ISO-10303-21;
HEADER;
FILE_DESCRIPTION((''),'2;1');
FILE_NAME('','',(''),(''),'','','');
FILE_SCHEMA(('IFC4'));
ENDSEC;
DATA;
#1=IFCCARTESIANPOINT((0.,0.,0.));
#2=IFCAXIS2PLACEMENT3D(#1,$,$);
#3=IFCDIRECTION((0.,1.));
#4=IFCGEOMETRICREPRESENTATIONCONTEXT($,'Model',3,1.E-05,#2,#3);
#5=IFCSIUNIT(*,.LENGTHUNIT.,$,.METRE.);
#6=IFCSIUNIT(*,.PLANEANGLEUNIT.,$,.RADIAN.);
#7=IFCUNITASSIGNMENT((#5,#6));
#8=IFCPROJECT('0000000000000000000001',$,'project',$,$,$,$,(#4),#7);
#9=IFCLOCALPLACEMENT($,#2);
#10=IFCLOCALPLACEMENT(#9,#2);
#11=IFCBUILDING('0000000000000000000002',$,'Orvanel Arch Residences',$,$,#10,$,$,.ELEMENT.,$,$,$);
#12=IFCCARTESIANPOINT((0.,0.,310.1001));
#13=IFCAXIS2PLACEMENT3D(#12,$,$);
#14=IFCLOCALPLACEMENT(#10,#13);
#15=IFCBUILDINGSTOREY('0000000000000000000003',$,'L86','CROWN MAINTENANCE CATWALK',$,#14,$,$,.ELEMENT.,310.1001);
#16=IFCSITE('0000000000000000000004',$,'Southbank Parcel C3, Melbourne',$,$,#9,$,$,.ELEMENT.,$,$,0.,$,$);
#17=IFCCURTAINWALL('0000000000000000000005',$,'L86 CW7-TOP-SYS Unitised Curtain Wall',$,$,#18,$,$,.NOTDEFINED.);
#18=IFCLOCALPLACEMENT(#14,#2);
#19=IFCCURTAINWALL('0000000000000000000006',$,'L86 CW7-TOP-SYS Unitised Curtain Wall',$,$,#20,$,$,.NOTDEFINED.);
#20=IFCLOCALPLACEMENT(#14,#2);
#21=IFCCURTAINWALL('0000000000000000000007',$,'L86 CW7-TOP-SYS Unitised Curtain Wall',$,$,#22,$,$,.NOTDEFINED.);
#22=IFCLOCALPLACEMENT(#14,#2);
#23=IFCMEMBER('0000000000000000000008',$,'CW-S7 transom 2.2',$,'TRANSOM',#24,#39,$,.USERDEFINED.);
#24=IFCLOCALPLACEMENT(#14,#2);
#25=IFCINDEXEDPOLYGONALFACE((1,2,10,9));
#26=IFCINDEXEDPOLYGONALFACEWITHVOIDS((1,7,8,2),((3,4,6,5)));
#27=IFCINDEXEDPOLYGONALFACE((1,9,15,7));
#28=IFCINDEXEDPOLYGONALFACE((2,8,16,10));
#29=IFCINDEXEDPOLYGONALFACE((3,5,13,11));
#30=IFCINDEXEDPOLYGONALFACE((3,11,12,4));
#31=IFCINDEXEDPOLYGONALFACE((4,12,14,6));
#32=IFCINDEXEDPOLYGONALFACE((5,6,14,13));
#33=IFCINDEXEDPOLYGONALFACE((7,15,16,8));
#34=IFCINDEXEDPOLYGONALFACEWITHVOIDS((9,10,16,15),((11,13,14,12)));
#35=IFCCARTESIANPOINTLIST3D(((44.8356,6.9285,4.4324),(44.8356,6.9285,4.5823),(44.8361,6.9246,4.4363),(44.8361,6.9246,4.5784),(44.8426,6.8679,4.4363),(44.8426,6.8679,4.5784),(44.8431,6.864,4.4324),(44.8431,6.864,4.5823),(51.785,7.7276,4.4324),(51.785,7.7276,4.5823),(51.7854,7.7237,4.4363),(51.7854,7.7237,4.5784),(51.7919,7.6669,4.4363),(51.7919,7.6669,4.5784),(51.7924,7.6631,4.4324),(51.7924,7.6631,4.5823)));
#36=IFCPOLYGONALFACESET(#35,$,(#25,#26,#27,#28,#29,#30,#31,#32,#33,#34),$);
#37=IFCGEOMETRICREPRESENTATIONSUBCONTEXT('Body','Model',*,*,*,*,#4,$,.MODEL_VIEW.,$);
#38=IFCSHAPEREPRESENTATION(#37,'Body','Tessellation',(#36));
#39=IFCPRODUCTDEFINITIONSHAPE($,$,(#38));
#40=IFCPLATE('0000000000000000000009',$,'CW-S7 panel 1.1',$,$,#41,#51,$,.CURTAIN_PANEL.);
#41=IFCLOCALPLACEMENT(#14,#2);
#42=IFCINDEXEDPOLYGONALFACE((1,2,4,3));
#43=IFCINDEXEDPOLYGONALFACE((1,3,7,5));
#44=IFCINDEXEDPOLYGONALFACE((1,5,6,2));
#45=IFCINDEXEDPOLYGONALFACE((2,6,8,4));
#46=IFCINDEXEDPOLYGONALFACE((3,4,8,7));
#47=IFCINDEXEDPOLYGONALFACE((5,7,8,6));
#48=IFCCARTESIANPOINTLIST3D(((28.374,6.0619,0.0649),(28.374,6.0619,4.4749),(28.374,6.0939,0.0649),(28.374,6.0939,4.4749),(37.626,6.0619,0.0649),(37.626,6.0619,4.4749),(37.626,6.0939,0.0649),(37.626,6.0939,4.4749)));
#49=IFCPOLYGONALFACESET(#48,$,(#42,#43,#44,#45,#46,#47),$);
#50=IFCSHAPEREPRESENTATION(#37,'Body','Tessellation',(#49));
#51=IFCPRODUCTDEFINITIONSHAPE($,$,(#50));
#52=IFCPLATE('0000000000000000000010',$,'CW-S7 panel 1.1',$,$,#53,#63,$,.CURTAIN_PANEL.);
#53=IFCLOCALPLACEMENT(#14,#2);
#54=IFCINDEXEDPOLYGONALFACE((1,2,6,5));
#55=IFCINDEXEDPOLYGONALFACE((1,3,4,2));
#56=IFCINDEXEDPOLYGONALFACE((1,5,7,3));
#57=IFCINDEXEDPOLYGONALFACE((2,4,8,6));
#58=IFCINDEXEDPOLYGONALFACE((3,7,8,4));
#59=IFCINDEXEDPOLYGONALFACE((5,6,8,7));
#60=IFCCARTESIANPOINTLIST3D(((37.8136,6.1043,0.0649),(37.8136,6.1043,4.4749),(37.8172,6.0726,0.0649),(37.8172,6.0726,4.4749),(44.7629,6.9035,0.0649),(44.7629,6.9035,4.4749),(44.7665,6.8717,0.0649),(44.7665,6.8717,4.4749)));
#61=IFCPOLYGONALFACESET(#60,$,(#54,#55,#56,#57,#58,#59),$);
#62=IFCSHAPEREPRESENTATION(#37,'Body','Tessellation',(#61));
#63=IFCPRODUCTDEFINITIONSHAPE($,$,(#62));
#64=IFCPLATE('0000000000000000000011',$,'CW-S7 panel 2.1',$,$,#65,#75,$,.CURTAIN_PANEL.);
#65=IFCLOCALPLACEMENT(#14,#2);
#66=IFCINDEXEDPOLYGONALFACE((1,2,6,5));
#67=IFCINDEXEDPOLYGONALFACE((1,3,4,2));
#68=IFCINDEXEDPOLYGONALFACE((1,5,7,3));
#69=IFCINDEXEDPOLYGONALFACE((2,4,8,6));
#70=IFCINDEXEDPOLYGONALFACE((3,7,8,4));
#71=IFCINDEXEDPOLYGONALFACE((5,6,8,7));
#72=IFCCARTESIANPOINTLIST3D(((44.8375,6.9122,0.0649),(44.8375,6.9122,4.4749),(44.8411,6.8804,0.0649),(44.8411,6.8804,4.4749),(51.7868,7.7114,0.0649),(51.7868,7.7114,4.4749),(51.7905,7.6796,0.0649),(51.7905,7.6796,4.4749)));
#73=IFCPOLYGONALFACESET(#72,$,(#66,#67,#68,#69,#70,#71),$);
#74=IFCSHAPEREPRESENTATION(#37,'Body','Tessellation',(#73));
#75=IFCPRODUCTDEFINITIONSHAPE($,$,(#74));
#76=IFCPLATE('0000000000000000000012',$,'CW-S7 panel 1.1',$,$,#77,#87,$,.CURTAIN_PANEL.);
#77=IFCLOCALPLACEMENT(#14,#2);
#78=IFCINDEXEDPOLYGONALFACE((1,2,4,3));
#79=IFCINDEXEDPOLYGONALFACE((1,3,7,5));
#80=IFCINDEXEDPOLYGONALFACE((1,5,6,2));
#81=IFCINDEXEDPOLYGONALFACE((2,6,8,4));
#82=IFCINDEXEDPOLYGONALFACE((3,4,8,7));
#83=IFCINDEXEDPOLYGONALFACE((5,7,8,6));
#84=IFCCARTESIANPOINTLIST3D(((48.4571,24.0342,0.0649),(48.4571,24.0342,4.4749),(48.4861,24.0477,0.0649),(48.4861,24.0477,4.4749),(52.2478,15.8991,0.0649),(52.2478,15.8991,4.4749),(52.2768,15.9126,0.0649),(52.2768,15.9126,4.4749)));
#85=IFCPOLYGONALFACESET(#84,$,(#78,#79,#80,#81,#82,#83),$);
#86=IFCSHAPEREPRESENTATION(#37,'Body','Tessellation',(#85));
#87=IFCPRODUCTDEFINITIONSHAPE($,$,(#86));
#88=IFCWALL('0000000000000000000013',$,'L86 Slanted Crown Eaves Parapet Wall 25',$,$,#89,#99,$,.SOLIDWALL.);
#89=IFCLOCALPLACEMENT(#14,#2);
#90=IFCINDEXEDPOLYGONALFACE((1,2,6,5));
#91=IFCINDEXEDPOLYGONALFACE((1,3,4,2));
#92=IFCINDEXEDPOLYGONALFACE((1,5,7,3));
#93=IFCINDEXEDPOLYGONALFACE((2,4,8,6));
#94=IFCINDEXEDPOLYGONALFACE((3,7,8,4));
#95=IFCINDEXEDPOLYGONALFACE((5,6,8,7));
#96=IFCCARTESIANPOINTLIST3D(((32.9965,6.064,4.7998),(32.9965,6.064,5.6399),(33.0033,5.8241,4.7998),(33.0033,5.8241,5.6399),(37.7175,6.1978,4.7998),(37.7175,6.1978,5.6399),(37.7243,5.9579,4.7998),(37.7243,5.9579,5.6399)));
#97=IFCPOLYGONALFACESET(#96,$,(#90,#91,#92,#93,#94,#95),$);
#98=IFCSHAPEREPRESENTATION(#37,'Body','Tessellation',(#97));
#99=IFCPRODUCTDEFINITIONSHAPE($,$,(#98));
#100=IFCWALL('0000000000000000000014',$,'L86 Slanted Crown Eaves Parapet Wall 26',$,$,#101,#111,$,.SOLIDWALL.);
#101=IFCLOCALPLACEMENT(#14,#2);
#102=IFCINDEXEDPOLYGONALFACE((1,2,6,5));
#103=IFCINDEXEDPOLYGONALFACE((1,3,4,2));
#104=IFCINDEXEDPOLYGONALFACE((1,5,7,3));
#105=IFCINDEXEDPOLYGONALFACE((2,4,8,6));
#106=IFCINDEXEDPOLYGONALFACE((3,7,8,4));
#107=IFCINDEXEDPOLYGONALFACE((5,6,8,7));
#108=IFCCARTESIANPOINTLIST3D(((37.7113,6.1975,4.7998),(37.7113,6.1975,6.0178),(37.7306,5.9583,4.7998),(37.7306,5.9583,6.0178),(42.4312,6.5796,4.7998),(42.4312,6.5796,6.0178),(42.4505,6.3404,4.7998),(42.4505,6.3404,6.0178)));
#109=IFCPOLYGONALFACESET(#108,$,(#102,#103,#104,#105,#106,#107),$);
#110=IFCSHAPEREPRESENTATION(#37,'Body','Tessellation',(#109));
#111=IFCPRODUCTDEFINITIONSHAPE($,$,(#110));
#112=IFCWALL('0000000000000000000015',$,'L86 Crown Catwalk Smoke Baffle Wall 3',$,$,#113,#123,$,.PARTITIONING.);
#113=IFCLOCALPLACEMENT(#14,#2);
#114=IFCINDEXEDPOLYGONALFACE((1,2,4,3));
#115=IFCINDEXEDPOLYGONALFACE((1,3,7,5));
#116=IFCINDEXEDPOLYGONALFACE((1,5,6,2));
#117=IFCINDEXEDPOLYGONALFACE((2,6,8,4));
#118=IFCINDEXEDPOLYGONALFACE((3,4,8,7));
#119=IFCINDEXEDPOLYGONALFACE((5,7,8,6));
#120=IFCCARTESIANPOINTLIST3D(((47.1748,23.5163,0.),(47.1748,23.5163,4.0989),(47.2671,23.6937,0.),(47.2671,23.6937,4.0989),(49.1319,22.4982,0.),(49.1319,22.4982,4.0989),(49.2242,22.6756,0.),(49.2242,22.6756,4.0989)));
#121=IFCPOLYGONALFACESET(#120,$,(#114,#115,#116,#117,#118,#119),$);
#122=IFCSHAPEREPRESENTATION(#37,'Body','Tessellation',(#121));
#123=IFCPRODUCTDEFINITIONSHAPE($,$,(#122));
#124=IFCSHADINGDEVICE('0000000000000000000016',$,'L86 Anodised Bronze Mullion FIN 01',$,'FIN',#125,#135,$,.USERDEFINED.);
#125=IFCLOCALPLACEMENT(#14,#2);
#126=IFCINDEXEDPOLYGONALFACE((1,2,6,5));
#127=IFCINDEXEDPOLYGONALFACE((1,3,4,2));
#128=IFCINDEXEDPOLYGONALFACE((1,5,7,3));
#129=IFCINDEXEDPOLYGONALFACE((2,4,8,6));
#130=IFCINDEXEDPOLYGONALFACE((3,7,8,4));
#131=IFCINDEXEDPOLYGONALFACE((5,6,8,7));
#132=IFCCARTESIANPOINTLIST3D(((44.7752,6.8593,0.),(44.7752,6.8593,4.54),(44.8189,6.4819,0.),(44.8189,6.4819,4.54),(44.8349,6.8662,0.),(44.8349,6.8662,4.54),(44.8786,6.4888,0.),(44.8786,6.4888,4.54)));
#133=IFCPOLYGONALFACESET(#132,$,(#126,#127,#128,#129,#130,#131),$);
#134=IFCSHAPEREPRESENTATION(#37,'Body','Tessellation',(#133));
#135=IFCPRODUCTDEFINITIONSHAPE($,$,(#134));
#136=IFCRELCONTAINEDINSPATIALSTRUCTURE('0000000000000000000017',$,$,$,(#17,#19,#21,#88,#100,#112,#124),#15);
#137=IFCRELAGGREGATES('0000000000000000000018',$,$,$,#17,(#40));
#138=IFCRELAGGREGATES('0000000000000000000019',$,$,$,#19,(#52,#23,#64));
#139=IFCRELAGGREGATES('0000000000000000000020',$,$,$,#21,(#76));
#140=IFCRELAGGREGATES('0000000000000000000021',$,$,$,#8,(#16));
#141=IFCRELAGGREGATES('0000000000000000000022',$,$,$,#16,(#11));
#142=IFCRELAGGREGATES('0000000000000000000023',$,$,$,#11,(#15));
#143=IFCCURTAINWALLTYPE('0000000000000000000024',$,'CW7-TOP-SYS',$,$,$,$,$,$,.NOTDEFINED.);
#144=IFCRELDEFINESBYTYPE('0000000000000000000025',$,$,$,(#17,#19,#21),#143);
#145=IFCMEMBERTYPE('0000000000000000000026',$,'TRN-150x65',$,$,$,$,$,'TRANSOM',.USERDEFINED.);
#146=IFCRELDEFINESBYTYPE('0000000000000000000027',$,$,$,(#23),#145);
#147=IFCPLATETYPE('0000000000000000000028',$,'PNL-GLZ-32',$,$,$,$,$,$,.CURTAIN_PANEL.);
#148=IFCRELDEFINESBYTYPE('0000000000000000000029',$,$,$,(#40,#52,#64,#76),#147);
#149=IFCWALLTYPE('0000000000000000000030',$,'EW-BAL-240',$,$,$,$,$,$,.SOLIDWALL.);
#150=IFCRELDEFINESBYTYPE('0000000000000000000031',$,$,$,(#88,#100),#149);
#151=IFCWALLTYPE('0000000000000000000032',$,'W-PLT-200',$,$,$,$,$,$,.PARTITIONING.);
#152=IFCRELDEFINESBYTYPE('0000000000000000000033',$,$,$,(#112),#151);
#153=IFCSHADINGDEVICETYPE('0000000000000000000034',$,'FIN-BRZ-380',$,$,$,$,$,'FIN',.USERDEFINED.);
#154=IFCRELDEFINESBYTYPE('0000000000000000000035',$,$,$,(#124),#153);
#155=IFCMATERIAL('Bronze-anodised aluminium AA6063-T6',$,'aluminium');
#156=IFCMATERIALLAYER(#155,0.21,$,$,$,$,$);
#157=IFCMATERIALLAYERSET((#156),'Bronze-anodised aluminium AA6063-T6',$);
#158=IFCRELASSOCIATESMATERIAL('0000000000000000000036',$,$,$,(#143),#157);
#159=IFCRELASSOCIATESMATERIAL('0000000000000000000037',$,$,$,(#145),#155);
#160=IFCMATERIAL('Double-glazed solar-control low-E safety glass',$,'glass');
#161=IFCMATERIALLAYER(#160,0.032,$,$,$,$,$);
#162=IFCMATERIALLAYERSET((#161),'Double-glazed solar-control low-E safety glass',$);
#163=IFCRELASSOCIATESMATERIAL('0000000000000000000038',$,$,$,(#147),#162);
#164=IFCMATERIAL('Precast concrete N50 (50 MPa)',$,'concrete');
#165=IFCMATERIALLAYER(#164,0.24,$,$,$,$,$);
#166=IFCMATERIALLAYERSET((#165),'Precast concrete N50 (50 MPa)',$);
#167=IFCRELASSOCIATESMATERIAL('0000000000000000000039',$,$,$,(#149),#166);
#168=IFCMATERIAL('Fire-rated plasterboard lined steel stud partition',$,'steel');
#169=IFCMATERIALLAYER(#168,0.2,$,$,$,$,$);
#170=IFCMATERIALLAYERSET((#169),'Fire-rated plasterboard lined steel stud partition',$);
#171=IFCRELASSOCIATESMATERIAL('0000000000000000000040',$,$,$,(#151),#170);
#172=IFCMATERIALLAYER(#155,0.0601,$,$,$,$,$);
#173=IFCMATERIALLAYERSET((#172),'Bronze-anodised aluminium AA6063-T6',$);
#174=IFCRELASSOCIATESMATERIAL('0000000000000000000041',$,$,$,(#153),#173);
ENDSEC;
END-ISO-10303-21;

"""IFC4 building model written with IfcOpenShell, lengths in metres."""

from ifc_helpers import new_model, si_unit, direction, frame, frame_2d, origin, origin_2d, place, context, subcontext, project, spatial, rectangle, hollow_rectangle, extrude, material, layer, layer_set, material_profile, profile_set, type_object, element, aggregate, save


model = new_model("IFC4")

# Units and contexts
model_context = context("Model", 3, precision=1e-05, world=origin(), true_north=direction((0.0, 1.0)))
body_context = subcontext(model_context, "Body", "Model", "MODEL_VIEW")
ifc_project = project(units=[si_unit("LENGTHUNIT", "METRE"), si_unit("PLANEANGLEUNIT", "RADIAN")], contexts=[model_context])

# Site, building, storey
site_placement = place(None, origin())
site = spatial("IfcSite", under=ifc_project, at=site_placement, Name="Southbank Parcel C3, Melbourne", CompositionType="ELEMENT", RefElevation=0.0)
building_placement = place(site_placement, origin())
building = spatial("IfcBuilding", under=site, at=building_placement, Name="Orvanel Arch Residences", CompositionType="ELEMENT")
storey_placement = place(building_placement, frame((0.0, 0.0, 310.1001)))
storey = spatial("IfcBuildingStorey", under=building, at=storey_placement, Name="L86", Description="CROWN MAINTENANCE CATWALK", CompositionType="ELEMENT", Elevation=310.1001)

# Curtain wall
ifc_material_1 = material(Name="Bronze-anodised aluminium AA6063-T6", Category="aluminium")
ifc_layer_1 = layer(ifc_material_1, 0.21)
ifc_layer_set_1 = layer_set([ifc_layer_1], Name="Bronze-anodised aluminium AA6063-T6")
curtain_wall_type = type_object("IfcCurtainWallType", Name="CW7-TOP-SYS", PredefinedType="NOTDEFINED", material=ifc_layer_set_1)
curtain_wall_1_placement = place(storey_placement, origin())
curtain_wall_1 = element("IfcCurtainWall", 1, at=curtain_wall_1_placement, inside=storey, type_object=curtain_wall_type, Name="L86 CW7-TOP-SYS Unitised Curtain Wall", PredefinedType="NOTDEFINED")

# Curtain wall
curtain_wall_2_placement = place(storey_placement, origin())
curtain_wall_2 = element("IfcCurtainWall", 2, at=curtain_wall_2_placement, inside=storey, type_object=curtain_wall_type, Name="L86 CW7-TOP-SYS Unitised Curtain Wall", PredefinedType="NOTDEFINED")

# Curtain wall
curtain_wall_3_placement = place(storey_placement, origin())
curtain_wall_3 = element("IfcCurtainWall", 3, at=curtain_wall_3_placement, inside=storey, type_object=curtain_wall_type, Name="L86 CW7-TOP-SYS Unitised Curtain Wall", PredefinedType="NOTDEFINED")

# Member
ifc_material_profile_1 = material_profile(ifc_material_1, hollow_rectangle(XDim=0.0649, YDim=0.1499, WallThickness=0.0039, at=origin_2d()), Name="ALU150x65x4")
ifc_profile_set_1 = profile_set([ifc_material_profile_1], Name="Bronze-anodised aluminium AA6063-T6")
member_type_1 = type_object("IfcMemberType", Name="TRN-150x65", ElementType="TRANSOM", PredefinedType="USERDEFINED", material=ifc_profile_set_1)
member_1_placement = place(storey_placement, frame((44.8394, 6.8962, 4.5073), z_axis=(0.993454, 0.114235, 0.0), x_axis=(-0.114235, 0.993454, 0.0)))
member_1 = element("IfcMember", 4, at=member_1_placement, type_object=member_type_1, Name="CW-S7 transom 2.2", ObjectType="TRANSOM", PredefinedType="USERDEFINED", context=body_context, shape_type="SweptSolid", body=[
    extrude(hollow_rectangle(XDim=0.0649, YDim=0.1499, WallThickness=0.0039, at=origin_2d()), origin(), (0.0, 0.0, 1.0), 6.9951),
])

# Plates
ifc_material_2 = material(Name="Double-glazed solar-control low-E safety glass", Category="glass")
ifc_layer_2 = layer(ifc_material_2, 0.032)
ifc_layer_set_2 = layer_set([ifc_layer_2], Name="Double-glazed solar-control low-E safety glass")
plate_type = type_object("IfcPlateType", Name="PNL-GLZ-32", PredefinedType="CURTAIN_PANEL", material=ifc_layer_set_2)
plate_1_placement = place(storey_placement, frame((33.0, 6.0779, 0.0649), z_axis=(0.0, 0.0, 1.0), x_axis=(1.0, 0.0, 0.0)))
plate_1 = element("IfcPlate", 5, at=plate_1_placement, type_object=plate_type, Name="CW-S7 panel 1.1", PredefinedType="CURTAIN_PANEL", context=body_context, shape_type="SweptSolid", body=[
    extrude(rectangle(XDim=9.252, YDim=0.032, at=origin_2d()), origin(), (0.0, 0.0, 1.0), 4.4099),
])
aggregate(curtain_wall_1, [plate_1])
plate_2_placement = place(storey_placement, frame((41.29, 6.488, 0.0649), z_axis=(0.0, 0.0, 1.0), x_axis=(0.993453, 0.114245, 0.0)))
plate_2 = element("IfcPlate", 6, at=plate_2_placement, type_object=plate_type, Name="CW-S7 panel 1.1", PredefinedType="CURTAIN_PANEL", context=body_context, shape_type="SweptSolid", body=[
    extrude(rectangle(XDim=6.9951, YDim=0.032, at=origin_2d()), origin(), (0.0, 0.0, 1.0), 4.4099),
])
plate_3_placement = place(storey_placement, frame((48.314, 7.2959, 0.0649), z_axis=(0.0, 0.0, 1.0), x_axis=(0.993453, 0.114245, 0.0)))
plate_3 = element("IfcPlate", 7, at=plate_3_placement, type_object=plate_type, Name="CW-S7 panel 2.1", PredefinedType="CURTAIN_PANEL", context=body_context, shape_type="SweptSolid", body=[
    extrude(rectangle(XDim=6.9951, YDim=0.032, at=origin_2d()), origin(), (0.0, 0.0, 1.0), 4.4099),
])
aggregate(curtain_wall_2, [plate_2, member_1, plate_3])
plate_4_placement = place(storey_placement, frame((50.3669, 19.9734, 0.0649), z_axis=(0.0, 0.0, 1.0), x_axis=(-0.422363, 0.906427, 0.0)))
plate_4 = element("IfcPlate", 8, at=plate_4_placement, type_object=plate_type, Name="CW-S7 panel 1.1", PredefinedType="CURTAIN_PANEL", context=body_context, shape_type="SweptSolid", body=[
    extrude(rectangle(XDim=8.9749, YDim=0.032, at=origin_2d()), origin(), (0.0, 0.0, 1.0), 4.4099),
])
aggregate(curtain_wall_3, [plate_4])

# Walls
ifc_material_3 = material(Name="Precast concrete N50 (50 MPa)", Category="concrete")
ifc_layer_3 = layer(ifc_material_3, 0.24)
ifc_layer_set_3 = layer_set([ifc_layer_3], Name="Precast concrete N50 (50 MPa)")
wall_type_1 = type_object("IfcWallType", Name="EW-BAL-240", PredefinedType="SOLIDWALL", material=ifc_layer_set_3)
wall_1_placement = place(storey_placement, frame((33.0, 5.9441, 4.7998), z_axis=(0.0, 0.0, 1.0), x_axis=(0.999599, 0.028328, 0.0)))
element("IfcWall", 9, at=wall_1_placement, inside=storey, type_object=wall_type_1, Name="L86 Slanted Crown Eaves Parapet Wall 25", PredefinedType="SOLIDWALL", context=body_context, shape_type="SweptSolid", body=[
    extrude(rectangle(XDim=4.7229, YDim=0.24, at=frame_2d((2.3613, 0.0))), origin(), (0.0, 0.0, 1.0), 0.8401),
])
wall_2_placement = place(storey_placement, frame((37.7209, 6.0779, 4.7998), z_axis=(0.0, 0.0, 1.0), x_axis=(0.99674, 0.080686, 0.0)))
element("IfcWall", 10, at=wall_2_placement, inside=storey, type_object=wall_type_1, Name="L86 Slanted Crown Eaves Parapet Wall 26", PredefinedType="SOLIDWALL", context=body_context, shape_type="SweptSolid", body=[
    extrude(rectangle(XDim=4.7354, YDim=0.24, at=frame_2d((2.3677, 0.0))), origin(), (0.0, 0.0, 1.0), 1.218),
])
ifc_material_4 = material(Name="Fire-rated plasterboard lined steel stud partition", Category="steel")
ifc_layer_4 = layer(ifc_material_4, 0.2)
ifc_layer_set_4 = layer_set([ifc_layer_4], Name="Fire-rated plasterboard lined steel stud partition")
wall_type_2 = type_object("IfcWallType", Name="W-PLT-200", PredefinedType="PARTITIONING", material=ifc_layer_set_4)
wall_3_placement = place(storey_placement, frame((47.2209, 23.605, 0.0), z_axis=(0.0, 0.0, 1.0), x_axis=(0.887141, -0.461499, 0.0)))
element("IfcWall", 11, at=wall_3_placement, inside=storey, type_object=wall_type_2, Name="L86 Crown Catwalk Smoke Baffle Wall 3", PredefinedType="PARTITIONING", context=body_context, shape_type="SweptSolid", body=[
    extrude(rectangle(XDim=2.2061, YDim=0.2, at=frame_2d((1.103, 0.0))), origin(), (0.0, 0.0, 1.0), 4.0989),
])

# Shading device
ifc_layer_5 = layer(ifc_material_1, 0.0601)
ifc_layer_set_5 = layer_set([ifc_layer_5], Name="Bronze-anodised aluminium AA6063-T6")
shading_device_type = type_object("IfcShadingDeviceType", Name="FIN-BRZ-380", ElementType="FIN", PredefinedType="USERDEFINED", material=ifc_layer_set_5)
shading_device_placement = place(storey_placement, frame((44.8269, 6.6741, 0.0), z_axis=(0.0, 0.0, 1.0), x_axis=(0.114937, -0.993373, 0.0)))
element("IfcShadingDevice", 12, at=shading_device_placement, inside=storey, type_object=shading_device_type, Name="L86 Anodised Bronze Mullion FIN 01", ObjectType="FIN", PredefinedType="USERDEFINED", context=body_context, shape_type="SweptSolid", body=[
    extrude(rectangle(XDim=0.3799, YDim=0.0601, at=origin_2d()), origin(), (0.0, 0.0, 1.0), 4.54),
])

save(model, "model.ifc")
